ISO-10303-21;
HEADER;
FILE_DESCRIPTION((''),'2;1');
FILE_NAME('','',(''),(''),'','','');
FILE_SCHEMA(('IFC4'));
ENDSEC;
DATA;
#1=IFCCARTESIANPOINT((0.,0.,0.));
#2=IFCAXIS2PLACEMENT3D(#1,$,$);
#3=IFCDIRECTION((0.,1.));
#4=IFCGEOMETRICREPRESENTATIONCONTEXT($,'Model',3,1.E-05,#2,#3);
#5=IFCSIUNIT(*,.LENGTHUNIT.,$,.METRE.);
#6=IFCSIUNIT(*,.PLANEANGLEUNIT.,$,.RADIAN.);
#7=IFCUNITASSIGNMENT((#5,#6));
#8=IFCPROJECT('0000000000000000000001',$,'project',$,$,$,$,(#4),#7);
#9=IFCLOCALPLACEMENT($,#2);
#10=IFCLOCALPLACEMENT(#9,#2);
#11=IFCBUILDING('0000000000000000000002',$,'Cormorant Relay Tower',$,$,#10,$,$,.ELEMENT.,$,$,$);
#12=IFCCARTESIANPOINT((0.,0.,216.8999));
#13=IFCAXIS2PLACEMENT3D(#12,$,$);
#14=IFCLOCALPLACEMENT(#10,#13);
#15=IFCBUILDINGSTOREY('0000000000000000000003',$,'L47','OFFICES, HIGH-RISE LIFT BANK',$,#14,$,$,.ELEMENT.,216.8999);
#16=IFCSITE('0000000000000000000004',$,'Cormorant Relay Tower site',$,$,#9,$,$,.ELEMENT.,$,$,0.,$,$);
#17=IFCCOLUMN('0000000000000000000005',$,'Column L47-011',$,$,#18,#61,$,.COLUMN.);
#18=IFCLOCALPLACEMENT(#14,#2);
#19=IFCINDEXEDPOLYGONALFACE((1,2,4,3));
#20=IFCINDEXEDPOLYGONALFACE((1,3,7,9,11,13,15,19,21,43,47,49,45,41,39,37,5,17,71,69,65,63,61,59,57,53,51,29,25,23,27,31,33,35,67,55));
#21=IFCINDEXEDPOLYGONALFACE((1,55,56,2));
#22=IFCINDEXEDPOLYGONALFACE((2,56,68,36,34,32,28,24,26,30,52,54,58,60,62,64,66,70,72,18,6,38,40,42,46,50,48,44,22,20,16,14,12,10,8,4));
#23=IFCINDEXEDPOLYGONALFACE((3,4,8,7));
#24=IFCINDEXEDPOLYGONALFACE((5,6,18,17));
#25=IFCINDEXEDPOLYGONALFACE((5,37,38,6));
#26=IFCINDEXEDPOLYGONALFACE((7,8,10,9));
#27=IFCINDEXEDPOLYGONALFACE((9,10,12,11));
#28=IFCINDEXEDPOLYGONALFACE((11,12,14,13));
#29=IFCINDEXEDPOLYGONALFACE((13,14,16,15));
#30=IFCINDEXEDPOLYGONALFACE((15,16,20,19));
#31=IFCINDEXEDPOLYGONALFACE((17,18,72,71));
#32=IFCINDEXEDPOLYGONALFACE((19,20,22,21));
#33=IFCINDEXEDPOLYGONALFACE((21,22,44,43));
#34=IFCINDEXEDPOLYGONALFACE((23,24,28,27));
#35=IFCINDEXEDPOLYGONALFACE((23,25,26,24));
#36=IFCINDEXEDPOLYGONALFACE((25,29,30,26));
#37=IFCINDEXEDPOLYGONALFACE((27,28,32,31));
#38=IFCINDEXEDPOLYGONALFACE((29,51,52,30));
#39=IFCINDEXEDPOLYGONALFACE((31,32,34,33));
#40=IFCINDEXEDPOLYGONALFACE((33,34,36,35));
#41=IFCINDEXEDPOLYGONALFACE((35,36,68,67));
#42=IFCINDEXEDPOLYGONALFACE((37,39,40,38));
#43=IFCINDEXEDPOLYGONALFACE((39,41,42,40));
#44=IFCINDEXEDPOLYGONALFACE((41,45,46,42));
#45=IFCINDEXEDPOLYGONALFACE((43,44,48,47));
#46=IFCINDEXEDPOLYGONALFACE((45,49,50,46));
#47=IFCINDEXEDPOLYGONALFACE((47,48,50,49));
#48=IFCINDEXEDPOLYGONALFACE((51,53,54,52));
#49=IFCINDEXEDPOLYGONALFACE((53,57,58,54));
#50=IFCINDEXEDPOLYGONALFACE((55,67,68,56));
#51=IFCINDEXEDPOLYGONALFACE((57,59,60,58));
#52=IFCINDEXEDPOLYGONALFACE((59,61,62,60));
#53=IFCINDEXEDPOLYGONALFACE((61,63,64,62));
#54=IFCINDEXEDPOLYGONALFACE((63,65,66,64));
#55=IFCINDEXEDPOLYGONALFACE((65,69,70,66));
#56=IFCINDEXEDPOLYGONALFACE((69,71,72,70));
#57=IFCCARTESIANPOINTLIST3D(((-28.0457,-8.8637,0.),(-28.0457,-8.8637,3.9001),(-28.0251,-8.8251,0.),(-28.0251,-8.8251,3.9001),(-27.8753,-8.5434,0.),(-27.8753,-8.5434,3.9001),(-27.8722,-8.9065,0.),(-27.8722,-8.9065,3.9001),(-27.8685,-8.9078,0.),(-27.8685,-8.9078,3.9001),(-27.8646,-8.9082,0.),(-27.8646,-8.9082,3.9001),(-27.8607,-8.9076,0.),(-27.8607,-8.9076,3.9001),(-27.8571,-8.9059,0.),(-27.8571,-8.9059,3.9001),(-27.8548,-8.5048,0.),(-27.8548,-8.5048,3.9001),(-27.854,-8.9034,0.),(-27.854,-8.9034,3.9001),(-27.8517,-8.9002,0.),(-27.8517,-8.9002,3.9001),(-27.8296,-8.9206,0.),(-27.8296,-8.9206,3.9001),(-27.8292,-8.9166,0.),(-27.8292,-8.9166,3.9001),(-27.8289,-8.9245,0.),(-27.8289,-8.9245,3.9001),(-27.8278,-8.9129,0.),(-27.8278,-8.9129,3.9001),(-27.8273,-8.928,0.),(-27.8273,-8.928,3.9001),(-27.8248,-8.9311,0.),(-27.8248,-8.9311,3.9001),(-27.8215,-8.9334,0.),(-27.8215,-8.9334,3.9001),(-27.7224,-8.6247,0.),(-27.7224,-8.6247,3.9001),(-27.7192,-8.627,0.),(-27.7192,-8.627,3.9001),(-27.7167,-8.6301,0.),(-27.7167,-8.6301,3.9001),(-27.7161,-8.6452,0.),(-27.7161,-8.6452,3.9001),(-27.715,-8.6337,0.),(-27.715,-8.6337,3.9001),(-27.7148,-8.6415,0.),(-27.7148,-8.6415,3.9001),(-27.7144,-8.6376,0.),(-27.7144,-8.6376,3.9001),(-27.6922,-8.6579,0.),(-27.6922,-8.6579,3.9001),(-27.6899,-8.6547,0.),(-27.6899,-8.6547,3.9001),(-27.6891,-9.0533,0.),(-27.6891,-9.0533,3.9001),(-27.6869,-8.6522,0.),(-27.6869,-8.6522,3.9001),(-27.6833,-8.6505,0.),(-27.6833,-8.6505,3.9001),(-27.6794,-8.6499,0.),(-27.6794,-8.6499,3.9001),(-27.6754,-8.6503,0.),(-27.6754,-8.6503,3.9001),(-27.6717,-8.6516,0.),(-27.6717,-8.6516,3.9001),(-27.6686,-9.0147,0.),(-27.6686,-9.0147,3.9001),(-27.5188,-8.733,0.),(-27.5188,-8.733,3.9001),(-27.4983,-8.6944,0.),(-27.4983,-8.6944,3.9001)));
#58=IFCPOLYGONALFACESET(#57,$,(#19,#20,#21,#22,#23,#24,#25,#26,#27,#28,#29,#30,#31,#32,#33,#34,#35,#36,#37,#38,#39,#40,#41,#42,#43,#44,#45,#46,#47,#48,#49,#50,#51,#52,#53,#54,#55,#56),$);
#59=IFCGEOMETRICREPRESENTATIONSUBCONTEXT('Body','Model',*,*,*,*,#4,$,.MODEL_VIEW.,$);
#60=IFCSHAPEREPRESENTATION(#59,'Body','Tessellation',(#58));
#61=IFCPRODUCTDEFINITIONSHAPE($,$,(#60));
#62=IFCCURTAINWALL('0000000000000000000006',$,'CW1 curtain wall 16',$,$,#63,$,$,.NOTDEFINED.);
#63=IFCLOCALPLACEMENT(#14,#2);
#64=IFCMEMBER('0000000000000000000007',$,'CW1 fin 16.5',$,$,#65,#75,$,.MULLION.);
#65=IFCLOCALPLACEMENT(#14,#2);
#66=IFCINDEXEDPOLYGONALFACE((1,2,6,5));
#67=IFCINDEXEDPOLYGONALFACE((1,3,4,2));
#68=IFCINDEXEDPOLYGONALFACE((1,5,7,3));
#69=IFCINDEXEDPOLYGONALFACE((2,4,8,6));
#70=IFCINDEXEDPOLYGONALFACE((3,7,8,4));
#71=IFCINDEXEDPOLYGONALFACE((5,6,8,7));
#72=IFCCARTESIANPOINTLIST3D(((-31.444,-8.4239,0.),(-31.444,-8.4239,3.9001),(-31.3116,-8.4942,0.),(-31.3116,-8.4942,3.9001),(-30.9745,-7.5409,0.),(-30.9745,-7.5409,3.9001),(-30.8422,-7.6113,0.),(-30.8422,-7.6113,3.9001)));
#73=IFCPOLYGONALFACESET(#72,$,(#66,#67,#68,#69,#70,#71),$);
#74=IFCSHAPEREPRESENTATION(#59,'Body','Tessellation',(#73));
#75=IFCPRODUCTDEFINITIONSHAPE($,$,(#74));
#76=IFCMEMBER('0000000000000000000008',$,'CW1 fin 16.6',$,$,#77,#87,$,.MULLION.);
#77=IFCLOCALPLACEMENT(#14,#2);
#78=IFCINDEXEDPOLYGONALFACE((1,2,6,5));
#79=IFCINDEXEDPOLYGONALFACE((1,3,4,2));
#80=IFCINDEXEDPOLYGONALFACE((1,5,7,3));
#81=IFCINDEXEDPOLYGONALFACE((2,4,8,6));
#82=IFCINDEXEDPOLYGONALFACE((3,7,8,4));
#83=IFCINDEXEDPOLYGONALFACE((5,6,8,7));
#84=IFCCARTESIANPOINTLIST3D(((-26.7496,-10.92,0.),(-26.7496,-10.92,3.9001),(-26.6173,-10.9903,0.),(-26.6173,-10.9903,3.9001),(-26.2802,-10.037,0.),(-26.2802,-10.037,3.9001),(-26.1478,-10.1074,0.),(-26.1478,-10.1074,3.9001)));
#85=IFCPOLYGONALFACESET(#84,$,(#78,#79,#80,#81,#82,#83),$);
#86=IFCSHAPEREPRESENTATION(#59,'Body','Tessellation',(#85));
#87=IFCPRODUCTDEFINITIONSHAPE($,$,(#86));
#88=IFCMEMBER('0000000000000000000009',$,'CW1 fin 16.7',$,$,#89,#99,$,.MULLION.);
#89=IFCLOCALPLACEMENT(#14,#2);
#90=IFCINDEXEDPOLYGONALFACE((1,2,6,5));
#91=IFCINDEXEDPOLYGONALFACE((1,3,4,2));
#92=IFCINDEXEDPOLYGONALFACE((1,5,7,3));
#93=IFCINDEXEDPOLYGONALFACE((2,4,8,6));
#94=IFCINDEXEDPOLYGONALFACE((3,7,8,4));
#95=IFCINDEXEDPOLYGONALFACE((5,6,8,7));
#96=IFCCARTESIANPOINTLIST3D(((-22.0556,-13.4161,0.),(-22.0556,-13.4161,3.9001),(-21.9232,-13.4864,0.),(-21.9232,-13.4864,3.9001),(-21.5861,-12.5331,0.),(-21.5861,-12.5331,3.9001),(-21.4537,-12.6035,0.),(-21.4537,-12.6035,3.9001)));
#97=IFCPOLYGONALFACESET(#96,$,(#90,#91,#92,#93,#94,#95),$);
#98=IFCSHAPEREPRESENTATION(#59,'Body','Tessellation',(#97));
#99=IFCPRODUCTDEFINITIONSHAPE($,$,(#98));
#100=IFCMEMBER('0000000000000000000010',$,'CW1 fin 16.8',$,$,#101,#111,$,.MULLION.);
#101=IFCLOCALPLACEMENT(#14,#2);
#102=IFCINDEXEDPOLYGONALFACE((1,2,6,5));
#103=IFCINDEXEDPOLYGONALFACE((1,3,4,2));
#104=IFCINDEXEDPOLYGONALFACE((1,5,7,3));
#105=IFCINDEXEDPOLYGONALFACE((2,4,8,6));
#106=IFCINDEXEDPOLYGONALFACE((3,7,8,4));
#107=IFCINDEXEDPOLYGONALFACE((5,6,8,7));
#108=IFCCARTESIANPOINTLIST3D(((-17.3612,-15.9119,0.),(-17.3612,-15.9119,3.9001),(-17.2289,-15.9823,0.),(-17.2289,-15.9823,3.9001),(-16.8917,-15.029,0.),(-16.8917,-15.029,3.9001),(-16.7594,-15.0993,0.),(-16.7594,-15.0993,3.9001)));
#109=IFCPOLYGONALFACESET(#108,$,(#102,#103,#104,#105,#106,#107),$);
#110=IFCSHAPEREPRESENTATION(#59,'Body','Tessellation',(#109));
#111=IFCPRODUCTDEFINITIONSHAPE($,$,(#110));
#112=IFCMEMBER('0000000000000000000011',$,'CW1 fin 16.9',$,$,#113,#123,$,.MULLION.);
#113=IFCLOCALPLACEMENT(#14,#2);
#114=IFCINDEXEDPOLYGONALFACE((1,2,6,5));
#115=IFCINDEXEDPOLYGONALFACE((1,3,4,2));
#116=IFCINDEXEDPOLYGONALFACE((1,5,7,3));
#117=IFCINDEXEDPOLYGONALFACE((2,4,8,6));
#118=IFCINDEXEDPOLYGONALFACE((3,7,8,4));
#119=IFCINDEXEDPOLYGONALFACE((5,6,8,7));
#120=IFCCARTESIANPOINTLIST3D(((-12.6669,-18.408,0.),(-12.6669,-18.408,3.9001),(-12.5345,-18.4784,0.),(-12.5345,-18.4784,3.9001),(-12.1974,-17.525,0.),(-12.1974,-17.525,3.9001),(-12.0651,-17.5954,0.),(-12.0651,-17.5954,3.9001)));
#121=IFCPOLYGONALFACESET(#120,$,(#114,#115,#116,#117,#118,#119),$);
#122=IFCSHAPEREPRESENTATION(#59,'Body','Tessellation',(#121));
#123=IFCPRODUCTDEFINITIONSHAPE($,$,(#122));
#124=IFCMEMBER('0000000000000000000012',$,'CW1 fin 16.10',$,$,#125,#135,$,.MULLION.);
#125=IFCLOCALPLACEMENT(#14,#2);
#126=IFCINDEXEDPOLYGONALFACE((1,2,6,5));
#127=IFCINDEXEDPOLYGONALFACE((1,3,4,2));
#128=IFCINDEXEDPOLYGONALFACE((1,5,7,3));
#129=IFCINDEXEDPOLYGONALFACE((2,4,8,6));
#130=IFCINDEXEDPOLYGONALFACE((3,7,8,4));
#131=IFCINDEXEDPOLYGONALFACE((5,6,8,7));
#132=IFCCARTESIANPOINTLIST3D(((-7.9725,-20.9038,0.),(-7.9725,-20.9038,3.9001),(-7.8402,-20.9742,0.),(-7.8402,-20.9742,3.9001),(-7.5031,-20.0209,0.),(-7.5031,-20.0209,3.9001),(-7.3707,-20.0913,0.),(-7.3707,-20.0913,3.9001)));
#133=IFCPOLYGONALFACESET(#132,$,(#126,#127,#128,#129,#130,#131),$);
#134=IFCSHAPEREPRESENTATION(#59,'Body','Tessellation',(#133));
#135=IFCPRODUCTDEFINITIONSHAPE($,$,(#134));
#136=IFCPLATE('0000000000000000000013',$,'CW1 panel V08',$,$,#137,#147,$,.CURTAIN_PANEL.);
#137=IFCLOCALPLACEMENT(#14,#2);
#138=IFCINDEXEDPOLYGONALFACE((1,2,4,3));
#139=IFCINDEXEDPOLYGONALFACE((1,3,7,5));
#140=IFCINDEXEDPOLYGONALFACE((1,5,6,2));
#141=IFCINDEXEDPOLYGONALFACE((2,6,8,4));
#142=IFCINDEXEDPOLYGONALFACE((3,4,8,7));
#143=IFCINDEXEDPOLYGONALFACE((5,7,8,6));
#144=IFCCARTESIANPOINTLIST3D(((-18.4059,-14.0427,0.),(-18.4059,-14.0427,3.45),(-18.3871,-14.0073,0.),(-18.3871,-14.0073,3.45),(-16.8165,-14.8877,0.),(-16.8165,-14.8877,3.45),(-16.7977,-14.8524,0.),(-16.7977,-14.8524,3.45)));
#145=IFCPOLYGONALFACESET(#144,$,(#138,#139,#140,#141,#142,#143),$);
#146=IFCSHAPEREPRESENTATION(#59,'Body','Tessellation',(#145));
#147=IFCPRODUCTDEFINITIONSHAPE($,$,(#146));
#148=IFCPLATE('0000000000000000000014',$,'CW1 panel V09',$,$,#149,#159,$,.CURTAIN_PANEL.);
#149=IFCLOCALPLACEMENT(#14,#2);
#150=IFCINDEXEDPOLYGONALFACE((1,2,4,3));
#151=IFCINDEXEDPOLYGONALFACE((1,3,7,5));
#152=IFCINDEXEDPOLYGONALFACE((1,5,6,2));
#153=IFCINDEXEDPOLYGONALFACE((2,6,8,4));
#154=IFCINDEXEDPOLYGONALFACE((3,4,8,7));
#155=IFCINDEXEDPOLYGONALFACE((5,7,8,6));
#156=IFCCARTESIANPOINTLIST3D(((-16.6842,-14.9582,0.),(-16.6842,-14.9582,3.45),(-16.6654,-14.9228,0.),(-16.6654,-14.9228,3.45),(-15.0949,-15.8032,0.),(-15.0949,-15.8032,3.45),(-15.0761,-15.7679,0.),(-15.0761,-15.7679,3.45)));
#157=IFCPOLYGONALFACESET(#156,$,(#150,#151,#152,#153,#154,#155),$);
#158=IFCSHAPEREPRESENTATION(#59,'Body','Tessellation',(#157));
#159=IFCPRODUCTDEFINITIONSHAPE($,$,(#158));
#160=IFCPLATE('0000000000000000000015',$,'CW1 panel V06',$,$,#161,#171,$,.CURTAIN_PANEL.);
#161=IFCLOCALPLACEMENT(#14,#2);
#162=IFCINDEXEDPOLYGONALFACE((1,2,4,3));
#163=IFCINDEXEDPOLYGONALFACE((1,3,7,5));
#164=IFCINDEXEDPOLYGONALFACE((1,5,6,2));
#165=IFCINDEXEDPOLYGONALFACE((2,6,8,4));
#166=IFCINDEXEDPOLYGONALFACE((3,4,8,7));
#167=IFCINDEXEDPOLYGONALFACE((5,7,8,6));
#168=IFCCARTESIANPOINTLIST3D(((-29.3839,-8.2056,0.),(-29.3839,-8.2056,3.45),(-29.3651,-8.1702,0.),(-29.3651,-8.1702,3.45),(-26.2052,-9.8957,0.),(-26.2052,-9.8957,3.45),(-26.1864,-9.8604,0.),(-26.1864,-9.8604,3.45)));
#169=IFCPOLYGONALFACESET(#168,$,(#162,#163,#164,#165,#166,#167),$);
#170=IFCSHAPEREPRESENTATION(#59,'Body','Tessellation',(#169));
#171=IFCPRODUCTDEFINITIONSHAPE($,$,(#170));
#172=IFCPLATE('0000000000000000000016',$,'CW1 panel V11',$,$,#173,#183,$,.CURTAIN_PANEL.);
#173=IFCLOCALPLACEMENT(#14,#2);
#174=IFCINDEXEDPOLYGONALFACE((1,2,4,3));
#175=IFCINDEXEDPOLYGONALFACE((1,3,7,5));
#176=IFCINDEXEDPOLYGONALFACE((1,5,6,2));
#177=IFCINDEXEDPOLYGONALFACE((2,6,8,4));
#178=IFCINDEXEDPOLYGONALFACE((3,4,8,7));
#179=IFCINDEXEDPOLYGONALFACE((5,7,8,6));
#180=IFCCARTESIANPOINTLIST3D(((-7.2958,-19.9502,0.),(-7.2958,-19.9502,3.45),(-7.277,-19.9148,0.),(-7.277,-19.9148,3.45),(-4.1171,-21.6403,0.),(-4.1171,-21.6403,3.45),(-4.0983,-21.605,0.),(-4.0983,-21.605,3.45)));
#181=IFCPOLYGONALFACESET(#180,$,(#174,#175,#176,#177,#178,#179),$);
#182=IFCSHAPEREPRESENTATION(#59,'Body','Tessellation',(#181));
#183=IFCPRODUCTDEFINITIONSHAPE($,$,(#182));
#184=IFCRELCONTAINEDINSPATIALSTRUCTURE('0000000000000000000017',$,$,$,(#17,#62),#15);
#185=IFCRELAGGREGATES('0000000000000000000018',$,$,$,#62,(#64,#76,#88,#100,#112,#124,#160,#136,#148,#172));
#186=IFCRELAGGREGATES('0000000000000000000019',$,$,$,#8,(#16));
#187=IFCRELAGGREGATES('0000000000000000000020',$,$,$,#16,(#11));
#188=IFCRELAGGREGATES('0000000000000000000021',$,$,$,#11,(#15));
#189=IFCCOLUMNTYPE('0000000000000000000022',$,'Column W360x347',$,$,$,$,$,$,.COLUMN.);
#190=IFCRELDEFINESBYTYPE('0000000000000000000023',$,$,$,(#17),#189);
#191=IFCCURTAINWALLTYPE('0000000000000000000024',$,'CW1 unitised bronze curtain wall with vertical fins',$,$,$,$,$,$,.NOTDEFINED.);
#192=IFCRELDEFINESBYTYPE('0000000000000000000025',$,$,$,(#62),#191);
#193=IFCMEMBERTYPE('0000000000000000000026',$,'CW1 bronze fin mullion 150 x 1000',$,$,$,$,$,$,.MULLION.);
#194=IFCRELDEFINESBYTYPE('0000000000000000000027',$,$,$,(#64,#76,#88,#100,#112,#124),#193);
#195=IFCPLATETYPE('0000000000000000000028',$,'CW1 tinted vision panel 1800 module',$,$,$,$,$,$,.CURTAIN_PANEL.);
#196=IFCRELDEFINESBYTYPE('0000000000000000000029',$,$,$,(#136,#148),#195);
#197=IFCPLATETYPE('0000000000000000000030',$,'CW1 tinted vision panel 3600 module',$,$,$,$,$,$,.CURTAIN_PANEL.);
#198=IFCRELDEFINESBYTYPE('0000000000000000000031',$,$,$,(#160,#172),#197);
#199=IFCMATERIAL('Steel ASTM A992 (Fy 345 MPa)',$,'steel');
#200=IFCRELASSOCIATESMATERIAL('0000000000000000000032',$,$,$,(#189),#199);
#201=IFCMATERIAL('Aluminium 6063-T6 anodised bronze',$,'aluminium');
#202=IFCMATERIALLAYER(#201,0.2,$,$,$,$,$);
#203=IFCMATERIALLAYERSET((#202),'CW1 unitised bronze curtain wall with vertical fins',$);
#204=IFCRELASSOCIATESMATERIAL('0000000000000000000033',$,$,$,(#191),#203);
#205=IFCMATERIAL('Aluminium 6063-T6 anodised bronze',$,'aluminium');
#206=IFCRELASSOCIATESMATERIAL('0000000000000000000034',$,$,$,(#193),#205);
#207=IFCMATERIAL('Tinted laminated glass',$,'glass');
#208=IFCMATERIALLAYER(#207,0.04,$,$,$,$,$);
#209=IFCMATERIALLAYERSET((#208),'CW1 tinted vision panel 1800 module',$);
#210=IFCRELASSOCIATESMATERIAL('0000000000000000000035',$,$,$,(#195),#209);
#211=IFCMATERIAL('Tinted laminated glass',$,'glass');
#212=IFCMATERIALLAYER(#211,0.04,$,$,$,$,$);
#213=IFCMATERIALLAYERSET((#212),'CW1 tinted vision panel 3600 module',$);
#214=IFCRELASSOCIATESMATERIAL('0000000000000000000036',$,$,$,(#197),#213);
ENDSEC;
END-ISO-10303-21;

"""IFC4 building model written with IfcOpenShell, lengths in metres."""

from ifc_helpers import new_model, si_unit, direction, frame, origin, origin_2d, place, context, subcontext, project, spatial, rectangle, i_section, extrude, material, layer, layer_set, material_profile, profile_set, type_object, element, aggregate, save


model = new_model("IFC4")

# Units and contexts
model_context = context("Model", 3, precision=1e-05, world=origin(), true_north=direction((0.0, 1.0)))
body_context = subcontext(model_context, "Body", "Model", "MODEL_VIEW")
ifc_project = project(units=[si_unit("LENGTHUNIT", "METRE"), si_unit("PLANEANGLEUNIT", "RADIAN")], contexts=[model_context])

# Site, building, storey
site_placement = place(None, origin())
site = spatial("IfcSite", under=ifc_project, at=site_placement, Name="Cormorant Relay Tower site", CompositionType="ELEMENT", RefElevation=0.0)
building_placement = place(site_placement, origin())
building = spatial("IfcBuilding", under=site, at=building_placement, Name="Cormorant Relay Tower", CompositionType="ELEMENT")
storey_placement = place(building_placement, frame((0.0, 0.0, 216.8999)))
storey = spatial("IfcBuildingStorey", under=building, at=storey_placement, Name="L47", Description="OFFICES, HIGH-RISE LIFT BANK", CompositionType="ELEMENT", Elevation=216.8999)

# Column
ifc_material_1 = material(Name="Steel ASTM A992 (Fy 345 MPa)", Category="steel")
ifc_material_profile_1 = material_profile(ifc_material_1, i_section(OverallWidth=0.4038, OverallDepth=0.4065, WebThickness=0.0271, FlangeThickness=0.0437, FilletRadius=0.0151, at=origin_2d()), Name="W360x347")
ifc_profile_set_1 = profile_set([ifc_material_profile_1], Name="Steel ASTM A992 (Fy 345 MPa)")
column_type_1 = type_object("IfcColumnType", Name="Column W360x347", PredefinedType="COLUMN", material=ifc_profile_set_1)
for number, where, z_axis, x_axis, name in (
    (1, (-27.772, -8.7791, 0.0), (0.0, 0.0, 1.0), (0.882948, -0.469472, 0.0), "Column L47-011"),
):
    element("IfcColumn", number, at=place(storey_placement, frame(where, z_axis=z_axis, x_axis=x_axis)), inside=storey, type_object=column_type_1, Name=name, PredefinedType="COLUMN", context=body_context, shape_type="SweptSolid", body=[
        extrude(i_section(OverallWidth=0.4038, OverallDepth=0.4065, WebThickness=0.0271, FlangeThickness=0.0437, FilletRadius=0.0151, at=origin_2d()), origin(), (0.0, 0.0, 1.0), 3.9001),
    ])

# Curtain wall, members, plates
ifc_material_2 = material(Name="Aluminium 6063-T6 anodised bronze", Category="aluminium")
ifc_layer_1 = layer(ifc_material_2, 0.2)
ifc_layer_set_1 = layer_set([ifc_layer_1], Name="CW1 unitised bronze curtain wall with vertical fins")
curtain_wall_type = type_object("IfcCurtainWallType", Name="CW1 unitised bronze curtain wall with vertical fins", PredefinedType="NOTDEFINED", material=ifc_layer_set_1)
curtain_wall_placement = place(storey_placement, origin())
curtain_wall = element("IfcCurtainWall", 2, at=curtain_wall_placement, inside=storey, type_object=curtain_wall_type, Name="CW1 curtain wall 16", PredefinedType="NOTDEFINED")
ifc_material_3 = material(Name="Aluminium 6063-T6 anodised bronze", Category="aluminium")
ifc_material_profile_2 = material_profile(ifc_material_3, rectangle(XDim=0.1499, YDim=1.0, at=origin_2d()), Name="AL 150x1000")
ifc_profile_set_2 = profile_set([ifc_material_profile_2], Name="Aluminium 6063-T6 anodised bronze")
member_type = type_object("IfcMemberType", Name="CW1 bronze fin mullion 150 x 1000", PredefinedType="MULLION", material=ifc_profile_set_2)
member_1_placement = place(storey_placement, frame((-31.1431, -8.0176, 0.0), z_axis=(0.0, 0.0, 1.0), x_axis=(0.882948, -0.469472, 0.0)))
member_1 = element("IfcMember", 3, at=member_1_placement, type_object=member_type, Name="CW1 fin 16.5", PredefinedType="MULLION", context=body_context, shape_type="SweptSolid", body=[
    extrude(rectangle(XDim=0.1499, YDim=1.0, at=origin_2d()), origin(), (0.0, 0.0, 1.0), 3.9001),
])
member_2_placement = place(storey_placement, frame((-26.4487, -10.5137, 0.0), z_axis=(0.0, 0.0, 1.0), x_axis=(0.882948, -0.469472, 0.0)))
member_2 = element("IfcMember", 4, at=member_2_placement, type_object=member_type, Name="CW1 fin 16.6", PredefinedType="MULLION", context=body_context, shape_type="SweptSolid", body=[
    extrude(rectangle(XDim=0.1499, YDim=1.0, at=origin_2d()), origin(), (0.0, 0.0, 1.0), 3.9001),
])
member_3_placement = place(storey_placement, frame((-21.7546, -13.0098, 0.0), z_axis=(0.0, 0.0, 1.0), x_axis=(0.882948, -0.469472, 0.0)))
member_3 = element("IfcMember", 5, at=member_3_placement, type_object=member_type, Name="CW1 fin 16.7", PredefinedType="MULLION", context=body_context, shape_type="SweptSolid", body=[
    extrude(rectangle(XDim=0.1499, YDim=1.0, at=origin_2d()), origin(), (0.0, 0.0, 1.0), 3.9001),
])
member_4_placement = place(storey_placement, frame((-17.0603, -15.5056, 0.0), z_axis=(0.0, 0.0, 1.0), x_axis=(0.882948, -0.469472, 0.0)))
member_4 = element("IfcMember", 6, at=member_4_placement, type_object=member_type, Name="CW1 fin 16.8", PredefinedType="MULLION", context=body_context, shape_type="SweptSolid", body=[
    extrude(rectangle(XDim=0.1499, YDim=1.0, at=origin_2d()), origin(), (0.0, 0.0, 1.0), 3.9001),
])
member_5_placement = place(storey_placement, frame((-12.366, -18.0017, 0.0), z_axis=(0.0, 0.0, 1.0), x_axis=(0.882948, -0.469472, 0.0)))
member_5 = element("IfcMember", 7, at=member_5_placement, type_object=member_type, Name="CW1 fin 16.9", PredefinedType="MULLION", context=body_context, shape_type="SweptSolid", body=[
    extrude(rectangle(XDim=0.1499, YDim=1.0, at=origin_2d()), origin(), (0.0, 0.0, 1.0), 3.9001),
])
member_6_placement = place(storey_placement, frame((-7.6716, -20.4976, 0.0), z_axis=(0.0, 0.0, 1.0), x_axis=(0.882948, -0.469472, 0.0)))
member_6 = element("IfcMember", 8, at=member_6_placement, type_object=member_type, Name="CW1 fin 16.10", PredefinedType="MULLION", context=body_context, shape_type="SweptSolid", body=[
    extrude(rectangle(XDim=0.1499, YDim=1.0, at=origin_2d()), origin(), (0.0, 0.0, 1.0), 3.9001),
])
ifc_material_4 = material(Name="Tinted laminated glass", Category="glass")
ifc_layer_2 = layer(ifc_material_4, 0.04)
ifc_layer_set_2 = layer_set([ifc_layer_2], Name="CW1 tinted vision panel 1800 module")
plate_type_1 = type_object("IfcPlateType", Name="CW1 tinted vision panel 1800 module", PredefinedType="CURTAIN_PANEL", material=ifc_layer_set_2)
plate_1_placement = place(storey_placement, frame((-17.6018, -14.4475, 0.0), z_axis=(0.0, 0.0, 1.0), x_axis=(0.882948, -0.469472, 0.0)))
plate_1 = element("IfcPlate", 9, at=plate_1_placement, type_object=plate_type_1, Name="CW1 panel V08", PredefinedType="CURTAIN_PANEL", context=body_context, shape_type="SweptSolid", body=[
    extrude(rectangle(XDim=1.8, YDim=0.04, at=origin_2d()), origin(), (0.0, 0.0, 1.0), 3.45),
])
plate_2_placement = place(storey_placement, frame((-15.8801, -15.363, 0.0), z_axis=(0.0, 0.0, 1.0), x_axis=(0.882948, -0.469472, 0.0)))
plate_2 = element("IfcPlate", 10, at=plate_2_placement, type_object=plate_type_1, Name="CW1 panel V09", PredefinedType="CURTAIN_PANEL", context=body_context, shape_type="SweptSolid", body=[
    extrude(rectangle(XDim=1.8, YDim=0.04, at=origin_2d()), origin(), (0.0, 0.0, 1.0), 3.45),
])
ifc_material_5 = material(Name="Tinted laminated glass", Category="glass")
ifc_layer_3 = layer(ifc_material_5, 0.04)
ifc_layer_set_3 = layer_set([ifc_layer_3], Name="CW1 tinted vision panel 3600 module")
plate_type_2 = type_object("IfcPlateType", Name="CW1 tinted vision panel 3600 module", PredefinedType="CURTAIN_PANEL", material=ifc_layer_set_3)
plate_3_placement = place(storey_placement, frame((-27.7852, -9.033, 0.0), z_axis=(0.0, 0.0, 1.0), x_axis=(0.882948, -0.469472, 0.0)))
plate_3 = element("IfcPlate", 11, at=plate_3_placement, type_object=plate_type_2, Name="CW1 panel V06", PredefinedType="CURTAIN_PANEL", context=body_context, shape_type="SweptSolid", body=[
    extrude(rectangle(XDim=3.6001, YDim=0.04, at=origin_2d()), origin(), (0.0, 0.0, 1.0), 3.45),
])
plate_4_placement = place(storey_placement, frame((-5.697, -20.7776, 0.0), z_axis=(0.0, 0.0, 1.0), x_axis=(0.882948, -0.469472, 0.0)))
plate_4 = element("IfcPlate", 12, at=plate_4_placement, type_object=plate_type_2, Name="CW1 panel V11", PredefinedType="CURTAIN_PANEL", context=body_context, shape_type="SweptSolid", body=[
    extrude(rectangle(XDim=3.6001, YDim=0.04, at=origin_2d()), origin(), (0.0, 0.0, 1.0), 3.45),
])

aggregate(curtain_wall, [member_1, member_2, member_3, member_4, member_5, member_6, plate_3, plate_1, plate_2, plate_4])

save(model, "model.ifc")
